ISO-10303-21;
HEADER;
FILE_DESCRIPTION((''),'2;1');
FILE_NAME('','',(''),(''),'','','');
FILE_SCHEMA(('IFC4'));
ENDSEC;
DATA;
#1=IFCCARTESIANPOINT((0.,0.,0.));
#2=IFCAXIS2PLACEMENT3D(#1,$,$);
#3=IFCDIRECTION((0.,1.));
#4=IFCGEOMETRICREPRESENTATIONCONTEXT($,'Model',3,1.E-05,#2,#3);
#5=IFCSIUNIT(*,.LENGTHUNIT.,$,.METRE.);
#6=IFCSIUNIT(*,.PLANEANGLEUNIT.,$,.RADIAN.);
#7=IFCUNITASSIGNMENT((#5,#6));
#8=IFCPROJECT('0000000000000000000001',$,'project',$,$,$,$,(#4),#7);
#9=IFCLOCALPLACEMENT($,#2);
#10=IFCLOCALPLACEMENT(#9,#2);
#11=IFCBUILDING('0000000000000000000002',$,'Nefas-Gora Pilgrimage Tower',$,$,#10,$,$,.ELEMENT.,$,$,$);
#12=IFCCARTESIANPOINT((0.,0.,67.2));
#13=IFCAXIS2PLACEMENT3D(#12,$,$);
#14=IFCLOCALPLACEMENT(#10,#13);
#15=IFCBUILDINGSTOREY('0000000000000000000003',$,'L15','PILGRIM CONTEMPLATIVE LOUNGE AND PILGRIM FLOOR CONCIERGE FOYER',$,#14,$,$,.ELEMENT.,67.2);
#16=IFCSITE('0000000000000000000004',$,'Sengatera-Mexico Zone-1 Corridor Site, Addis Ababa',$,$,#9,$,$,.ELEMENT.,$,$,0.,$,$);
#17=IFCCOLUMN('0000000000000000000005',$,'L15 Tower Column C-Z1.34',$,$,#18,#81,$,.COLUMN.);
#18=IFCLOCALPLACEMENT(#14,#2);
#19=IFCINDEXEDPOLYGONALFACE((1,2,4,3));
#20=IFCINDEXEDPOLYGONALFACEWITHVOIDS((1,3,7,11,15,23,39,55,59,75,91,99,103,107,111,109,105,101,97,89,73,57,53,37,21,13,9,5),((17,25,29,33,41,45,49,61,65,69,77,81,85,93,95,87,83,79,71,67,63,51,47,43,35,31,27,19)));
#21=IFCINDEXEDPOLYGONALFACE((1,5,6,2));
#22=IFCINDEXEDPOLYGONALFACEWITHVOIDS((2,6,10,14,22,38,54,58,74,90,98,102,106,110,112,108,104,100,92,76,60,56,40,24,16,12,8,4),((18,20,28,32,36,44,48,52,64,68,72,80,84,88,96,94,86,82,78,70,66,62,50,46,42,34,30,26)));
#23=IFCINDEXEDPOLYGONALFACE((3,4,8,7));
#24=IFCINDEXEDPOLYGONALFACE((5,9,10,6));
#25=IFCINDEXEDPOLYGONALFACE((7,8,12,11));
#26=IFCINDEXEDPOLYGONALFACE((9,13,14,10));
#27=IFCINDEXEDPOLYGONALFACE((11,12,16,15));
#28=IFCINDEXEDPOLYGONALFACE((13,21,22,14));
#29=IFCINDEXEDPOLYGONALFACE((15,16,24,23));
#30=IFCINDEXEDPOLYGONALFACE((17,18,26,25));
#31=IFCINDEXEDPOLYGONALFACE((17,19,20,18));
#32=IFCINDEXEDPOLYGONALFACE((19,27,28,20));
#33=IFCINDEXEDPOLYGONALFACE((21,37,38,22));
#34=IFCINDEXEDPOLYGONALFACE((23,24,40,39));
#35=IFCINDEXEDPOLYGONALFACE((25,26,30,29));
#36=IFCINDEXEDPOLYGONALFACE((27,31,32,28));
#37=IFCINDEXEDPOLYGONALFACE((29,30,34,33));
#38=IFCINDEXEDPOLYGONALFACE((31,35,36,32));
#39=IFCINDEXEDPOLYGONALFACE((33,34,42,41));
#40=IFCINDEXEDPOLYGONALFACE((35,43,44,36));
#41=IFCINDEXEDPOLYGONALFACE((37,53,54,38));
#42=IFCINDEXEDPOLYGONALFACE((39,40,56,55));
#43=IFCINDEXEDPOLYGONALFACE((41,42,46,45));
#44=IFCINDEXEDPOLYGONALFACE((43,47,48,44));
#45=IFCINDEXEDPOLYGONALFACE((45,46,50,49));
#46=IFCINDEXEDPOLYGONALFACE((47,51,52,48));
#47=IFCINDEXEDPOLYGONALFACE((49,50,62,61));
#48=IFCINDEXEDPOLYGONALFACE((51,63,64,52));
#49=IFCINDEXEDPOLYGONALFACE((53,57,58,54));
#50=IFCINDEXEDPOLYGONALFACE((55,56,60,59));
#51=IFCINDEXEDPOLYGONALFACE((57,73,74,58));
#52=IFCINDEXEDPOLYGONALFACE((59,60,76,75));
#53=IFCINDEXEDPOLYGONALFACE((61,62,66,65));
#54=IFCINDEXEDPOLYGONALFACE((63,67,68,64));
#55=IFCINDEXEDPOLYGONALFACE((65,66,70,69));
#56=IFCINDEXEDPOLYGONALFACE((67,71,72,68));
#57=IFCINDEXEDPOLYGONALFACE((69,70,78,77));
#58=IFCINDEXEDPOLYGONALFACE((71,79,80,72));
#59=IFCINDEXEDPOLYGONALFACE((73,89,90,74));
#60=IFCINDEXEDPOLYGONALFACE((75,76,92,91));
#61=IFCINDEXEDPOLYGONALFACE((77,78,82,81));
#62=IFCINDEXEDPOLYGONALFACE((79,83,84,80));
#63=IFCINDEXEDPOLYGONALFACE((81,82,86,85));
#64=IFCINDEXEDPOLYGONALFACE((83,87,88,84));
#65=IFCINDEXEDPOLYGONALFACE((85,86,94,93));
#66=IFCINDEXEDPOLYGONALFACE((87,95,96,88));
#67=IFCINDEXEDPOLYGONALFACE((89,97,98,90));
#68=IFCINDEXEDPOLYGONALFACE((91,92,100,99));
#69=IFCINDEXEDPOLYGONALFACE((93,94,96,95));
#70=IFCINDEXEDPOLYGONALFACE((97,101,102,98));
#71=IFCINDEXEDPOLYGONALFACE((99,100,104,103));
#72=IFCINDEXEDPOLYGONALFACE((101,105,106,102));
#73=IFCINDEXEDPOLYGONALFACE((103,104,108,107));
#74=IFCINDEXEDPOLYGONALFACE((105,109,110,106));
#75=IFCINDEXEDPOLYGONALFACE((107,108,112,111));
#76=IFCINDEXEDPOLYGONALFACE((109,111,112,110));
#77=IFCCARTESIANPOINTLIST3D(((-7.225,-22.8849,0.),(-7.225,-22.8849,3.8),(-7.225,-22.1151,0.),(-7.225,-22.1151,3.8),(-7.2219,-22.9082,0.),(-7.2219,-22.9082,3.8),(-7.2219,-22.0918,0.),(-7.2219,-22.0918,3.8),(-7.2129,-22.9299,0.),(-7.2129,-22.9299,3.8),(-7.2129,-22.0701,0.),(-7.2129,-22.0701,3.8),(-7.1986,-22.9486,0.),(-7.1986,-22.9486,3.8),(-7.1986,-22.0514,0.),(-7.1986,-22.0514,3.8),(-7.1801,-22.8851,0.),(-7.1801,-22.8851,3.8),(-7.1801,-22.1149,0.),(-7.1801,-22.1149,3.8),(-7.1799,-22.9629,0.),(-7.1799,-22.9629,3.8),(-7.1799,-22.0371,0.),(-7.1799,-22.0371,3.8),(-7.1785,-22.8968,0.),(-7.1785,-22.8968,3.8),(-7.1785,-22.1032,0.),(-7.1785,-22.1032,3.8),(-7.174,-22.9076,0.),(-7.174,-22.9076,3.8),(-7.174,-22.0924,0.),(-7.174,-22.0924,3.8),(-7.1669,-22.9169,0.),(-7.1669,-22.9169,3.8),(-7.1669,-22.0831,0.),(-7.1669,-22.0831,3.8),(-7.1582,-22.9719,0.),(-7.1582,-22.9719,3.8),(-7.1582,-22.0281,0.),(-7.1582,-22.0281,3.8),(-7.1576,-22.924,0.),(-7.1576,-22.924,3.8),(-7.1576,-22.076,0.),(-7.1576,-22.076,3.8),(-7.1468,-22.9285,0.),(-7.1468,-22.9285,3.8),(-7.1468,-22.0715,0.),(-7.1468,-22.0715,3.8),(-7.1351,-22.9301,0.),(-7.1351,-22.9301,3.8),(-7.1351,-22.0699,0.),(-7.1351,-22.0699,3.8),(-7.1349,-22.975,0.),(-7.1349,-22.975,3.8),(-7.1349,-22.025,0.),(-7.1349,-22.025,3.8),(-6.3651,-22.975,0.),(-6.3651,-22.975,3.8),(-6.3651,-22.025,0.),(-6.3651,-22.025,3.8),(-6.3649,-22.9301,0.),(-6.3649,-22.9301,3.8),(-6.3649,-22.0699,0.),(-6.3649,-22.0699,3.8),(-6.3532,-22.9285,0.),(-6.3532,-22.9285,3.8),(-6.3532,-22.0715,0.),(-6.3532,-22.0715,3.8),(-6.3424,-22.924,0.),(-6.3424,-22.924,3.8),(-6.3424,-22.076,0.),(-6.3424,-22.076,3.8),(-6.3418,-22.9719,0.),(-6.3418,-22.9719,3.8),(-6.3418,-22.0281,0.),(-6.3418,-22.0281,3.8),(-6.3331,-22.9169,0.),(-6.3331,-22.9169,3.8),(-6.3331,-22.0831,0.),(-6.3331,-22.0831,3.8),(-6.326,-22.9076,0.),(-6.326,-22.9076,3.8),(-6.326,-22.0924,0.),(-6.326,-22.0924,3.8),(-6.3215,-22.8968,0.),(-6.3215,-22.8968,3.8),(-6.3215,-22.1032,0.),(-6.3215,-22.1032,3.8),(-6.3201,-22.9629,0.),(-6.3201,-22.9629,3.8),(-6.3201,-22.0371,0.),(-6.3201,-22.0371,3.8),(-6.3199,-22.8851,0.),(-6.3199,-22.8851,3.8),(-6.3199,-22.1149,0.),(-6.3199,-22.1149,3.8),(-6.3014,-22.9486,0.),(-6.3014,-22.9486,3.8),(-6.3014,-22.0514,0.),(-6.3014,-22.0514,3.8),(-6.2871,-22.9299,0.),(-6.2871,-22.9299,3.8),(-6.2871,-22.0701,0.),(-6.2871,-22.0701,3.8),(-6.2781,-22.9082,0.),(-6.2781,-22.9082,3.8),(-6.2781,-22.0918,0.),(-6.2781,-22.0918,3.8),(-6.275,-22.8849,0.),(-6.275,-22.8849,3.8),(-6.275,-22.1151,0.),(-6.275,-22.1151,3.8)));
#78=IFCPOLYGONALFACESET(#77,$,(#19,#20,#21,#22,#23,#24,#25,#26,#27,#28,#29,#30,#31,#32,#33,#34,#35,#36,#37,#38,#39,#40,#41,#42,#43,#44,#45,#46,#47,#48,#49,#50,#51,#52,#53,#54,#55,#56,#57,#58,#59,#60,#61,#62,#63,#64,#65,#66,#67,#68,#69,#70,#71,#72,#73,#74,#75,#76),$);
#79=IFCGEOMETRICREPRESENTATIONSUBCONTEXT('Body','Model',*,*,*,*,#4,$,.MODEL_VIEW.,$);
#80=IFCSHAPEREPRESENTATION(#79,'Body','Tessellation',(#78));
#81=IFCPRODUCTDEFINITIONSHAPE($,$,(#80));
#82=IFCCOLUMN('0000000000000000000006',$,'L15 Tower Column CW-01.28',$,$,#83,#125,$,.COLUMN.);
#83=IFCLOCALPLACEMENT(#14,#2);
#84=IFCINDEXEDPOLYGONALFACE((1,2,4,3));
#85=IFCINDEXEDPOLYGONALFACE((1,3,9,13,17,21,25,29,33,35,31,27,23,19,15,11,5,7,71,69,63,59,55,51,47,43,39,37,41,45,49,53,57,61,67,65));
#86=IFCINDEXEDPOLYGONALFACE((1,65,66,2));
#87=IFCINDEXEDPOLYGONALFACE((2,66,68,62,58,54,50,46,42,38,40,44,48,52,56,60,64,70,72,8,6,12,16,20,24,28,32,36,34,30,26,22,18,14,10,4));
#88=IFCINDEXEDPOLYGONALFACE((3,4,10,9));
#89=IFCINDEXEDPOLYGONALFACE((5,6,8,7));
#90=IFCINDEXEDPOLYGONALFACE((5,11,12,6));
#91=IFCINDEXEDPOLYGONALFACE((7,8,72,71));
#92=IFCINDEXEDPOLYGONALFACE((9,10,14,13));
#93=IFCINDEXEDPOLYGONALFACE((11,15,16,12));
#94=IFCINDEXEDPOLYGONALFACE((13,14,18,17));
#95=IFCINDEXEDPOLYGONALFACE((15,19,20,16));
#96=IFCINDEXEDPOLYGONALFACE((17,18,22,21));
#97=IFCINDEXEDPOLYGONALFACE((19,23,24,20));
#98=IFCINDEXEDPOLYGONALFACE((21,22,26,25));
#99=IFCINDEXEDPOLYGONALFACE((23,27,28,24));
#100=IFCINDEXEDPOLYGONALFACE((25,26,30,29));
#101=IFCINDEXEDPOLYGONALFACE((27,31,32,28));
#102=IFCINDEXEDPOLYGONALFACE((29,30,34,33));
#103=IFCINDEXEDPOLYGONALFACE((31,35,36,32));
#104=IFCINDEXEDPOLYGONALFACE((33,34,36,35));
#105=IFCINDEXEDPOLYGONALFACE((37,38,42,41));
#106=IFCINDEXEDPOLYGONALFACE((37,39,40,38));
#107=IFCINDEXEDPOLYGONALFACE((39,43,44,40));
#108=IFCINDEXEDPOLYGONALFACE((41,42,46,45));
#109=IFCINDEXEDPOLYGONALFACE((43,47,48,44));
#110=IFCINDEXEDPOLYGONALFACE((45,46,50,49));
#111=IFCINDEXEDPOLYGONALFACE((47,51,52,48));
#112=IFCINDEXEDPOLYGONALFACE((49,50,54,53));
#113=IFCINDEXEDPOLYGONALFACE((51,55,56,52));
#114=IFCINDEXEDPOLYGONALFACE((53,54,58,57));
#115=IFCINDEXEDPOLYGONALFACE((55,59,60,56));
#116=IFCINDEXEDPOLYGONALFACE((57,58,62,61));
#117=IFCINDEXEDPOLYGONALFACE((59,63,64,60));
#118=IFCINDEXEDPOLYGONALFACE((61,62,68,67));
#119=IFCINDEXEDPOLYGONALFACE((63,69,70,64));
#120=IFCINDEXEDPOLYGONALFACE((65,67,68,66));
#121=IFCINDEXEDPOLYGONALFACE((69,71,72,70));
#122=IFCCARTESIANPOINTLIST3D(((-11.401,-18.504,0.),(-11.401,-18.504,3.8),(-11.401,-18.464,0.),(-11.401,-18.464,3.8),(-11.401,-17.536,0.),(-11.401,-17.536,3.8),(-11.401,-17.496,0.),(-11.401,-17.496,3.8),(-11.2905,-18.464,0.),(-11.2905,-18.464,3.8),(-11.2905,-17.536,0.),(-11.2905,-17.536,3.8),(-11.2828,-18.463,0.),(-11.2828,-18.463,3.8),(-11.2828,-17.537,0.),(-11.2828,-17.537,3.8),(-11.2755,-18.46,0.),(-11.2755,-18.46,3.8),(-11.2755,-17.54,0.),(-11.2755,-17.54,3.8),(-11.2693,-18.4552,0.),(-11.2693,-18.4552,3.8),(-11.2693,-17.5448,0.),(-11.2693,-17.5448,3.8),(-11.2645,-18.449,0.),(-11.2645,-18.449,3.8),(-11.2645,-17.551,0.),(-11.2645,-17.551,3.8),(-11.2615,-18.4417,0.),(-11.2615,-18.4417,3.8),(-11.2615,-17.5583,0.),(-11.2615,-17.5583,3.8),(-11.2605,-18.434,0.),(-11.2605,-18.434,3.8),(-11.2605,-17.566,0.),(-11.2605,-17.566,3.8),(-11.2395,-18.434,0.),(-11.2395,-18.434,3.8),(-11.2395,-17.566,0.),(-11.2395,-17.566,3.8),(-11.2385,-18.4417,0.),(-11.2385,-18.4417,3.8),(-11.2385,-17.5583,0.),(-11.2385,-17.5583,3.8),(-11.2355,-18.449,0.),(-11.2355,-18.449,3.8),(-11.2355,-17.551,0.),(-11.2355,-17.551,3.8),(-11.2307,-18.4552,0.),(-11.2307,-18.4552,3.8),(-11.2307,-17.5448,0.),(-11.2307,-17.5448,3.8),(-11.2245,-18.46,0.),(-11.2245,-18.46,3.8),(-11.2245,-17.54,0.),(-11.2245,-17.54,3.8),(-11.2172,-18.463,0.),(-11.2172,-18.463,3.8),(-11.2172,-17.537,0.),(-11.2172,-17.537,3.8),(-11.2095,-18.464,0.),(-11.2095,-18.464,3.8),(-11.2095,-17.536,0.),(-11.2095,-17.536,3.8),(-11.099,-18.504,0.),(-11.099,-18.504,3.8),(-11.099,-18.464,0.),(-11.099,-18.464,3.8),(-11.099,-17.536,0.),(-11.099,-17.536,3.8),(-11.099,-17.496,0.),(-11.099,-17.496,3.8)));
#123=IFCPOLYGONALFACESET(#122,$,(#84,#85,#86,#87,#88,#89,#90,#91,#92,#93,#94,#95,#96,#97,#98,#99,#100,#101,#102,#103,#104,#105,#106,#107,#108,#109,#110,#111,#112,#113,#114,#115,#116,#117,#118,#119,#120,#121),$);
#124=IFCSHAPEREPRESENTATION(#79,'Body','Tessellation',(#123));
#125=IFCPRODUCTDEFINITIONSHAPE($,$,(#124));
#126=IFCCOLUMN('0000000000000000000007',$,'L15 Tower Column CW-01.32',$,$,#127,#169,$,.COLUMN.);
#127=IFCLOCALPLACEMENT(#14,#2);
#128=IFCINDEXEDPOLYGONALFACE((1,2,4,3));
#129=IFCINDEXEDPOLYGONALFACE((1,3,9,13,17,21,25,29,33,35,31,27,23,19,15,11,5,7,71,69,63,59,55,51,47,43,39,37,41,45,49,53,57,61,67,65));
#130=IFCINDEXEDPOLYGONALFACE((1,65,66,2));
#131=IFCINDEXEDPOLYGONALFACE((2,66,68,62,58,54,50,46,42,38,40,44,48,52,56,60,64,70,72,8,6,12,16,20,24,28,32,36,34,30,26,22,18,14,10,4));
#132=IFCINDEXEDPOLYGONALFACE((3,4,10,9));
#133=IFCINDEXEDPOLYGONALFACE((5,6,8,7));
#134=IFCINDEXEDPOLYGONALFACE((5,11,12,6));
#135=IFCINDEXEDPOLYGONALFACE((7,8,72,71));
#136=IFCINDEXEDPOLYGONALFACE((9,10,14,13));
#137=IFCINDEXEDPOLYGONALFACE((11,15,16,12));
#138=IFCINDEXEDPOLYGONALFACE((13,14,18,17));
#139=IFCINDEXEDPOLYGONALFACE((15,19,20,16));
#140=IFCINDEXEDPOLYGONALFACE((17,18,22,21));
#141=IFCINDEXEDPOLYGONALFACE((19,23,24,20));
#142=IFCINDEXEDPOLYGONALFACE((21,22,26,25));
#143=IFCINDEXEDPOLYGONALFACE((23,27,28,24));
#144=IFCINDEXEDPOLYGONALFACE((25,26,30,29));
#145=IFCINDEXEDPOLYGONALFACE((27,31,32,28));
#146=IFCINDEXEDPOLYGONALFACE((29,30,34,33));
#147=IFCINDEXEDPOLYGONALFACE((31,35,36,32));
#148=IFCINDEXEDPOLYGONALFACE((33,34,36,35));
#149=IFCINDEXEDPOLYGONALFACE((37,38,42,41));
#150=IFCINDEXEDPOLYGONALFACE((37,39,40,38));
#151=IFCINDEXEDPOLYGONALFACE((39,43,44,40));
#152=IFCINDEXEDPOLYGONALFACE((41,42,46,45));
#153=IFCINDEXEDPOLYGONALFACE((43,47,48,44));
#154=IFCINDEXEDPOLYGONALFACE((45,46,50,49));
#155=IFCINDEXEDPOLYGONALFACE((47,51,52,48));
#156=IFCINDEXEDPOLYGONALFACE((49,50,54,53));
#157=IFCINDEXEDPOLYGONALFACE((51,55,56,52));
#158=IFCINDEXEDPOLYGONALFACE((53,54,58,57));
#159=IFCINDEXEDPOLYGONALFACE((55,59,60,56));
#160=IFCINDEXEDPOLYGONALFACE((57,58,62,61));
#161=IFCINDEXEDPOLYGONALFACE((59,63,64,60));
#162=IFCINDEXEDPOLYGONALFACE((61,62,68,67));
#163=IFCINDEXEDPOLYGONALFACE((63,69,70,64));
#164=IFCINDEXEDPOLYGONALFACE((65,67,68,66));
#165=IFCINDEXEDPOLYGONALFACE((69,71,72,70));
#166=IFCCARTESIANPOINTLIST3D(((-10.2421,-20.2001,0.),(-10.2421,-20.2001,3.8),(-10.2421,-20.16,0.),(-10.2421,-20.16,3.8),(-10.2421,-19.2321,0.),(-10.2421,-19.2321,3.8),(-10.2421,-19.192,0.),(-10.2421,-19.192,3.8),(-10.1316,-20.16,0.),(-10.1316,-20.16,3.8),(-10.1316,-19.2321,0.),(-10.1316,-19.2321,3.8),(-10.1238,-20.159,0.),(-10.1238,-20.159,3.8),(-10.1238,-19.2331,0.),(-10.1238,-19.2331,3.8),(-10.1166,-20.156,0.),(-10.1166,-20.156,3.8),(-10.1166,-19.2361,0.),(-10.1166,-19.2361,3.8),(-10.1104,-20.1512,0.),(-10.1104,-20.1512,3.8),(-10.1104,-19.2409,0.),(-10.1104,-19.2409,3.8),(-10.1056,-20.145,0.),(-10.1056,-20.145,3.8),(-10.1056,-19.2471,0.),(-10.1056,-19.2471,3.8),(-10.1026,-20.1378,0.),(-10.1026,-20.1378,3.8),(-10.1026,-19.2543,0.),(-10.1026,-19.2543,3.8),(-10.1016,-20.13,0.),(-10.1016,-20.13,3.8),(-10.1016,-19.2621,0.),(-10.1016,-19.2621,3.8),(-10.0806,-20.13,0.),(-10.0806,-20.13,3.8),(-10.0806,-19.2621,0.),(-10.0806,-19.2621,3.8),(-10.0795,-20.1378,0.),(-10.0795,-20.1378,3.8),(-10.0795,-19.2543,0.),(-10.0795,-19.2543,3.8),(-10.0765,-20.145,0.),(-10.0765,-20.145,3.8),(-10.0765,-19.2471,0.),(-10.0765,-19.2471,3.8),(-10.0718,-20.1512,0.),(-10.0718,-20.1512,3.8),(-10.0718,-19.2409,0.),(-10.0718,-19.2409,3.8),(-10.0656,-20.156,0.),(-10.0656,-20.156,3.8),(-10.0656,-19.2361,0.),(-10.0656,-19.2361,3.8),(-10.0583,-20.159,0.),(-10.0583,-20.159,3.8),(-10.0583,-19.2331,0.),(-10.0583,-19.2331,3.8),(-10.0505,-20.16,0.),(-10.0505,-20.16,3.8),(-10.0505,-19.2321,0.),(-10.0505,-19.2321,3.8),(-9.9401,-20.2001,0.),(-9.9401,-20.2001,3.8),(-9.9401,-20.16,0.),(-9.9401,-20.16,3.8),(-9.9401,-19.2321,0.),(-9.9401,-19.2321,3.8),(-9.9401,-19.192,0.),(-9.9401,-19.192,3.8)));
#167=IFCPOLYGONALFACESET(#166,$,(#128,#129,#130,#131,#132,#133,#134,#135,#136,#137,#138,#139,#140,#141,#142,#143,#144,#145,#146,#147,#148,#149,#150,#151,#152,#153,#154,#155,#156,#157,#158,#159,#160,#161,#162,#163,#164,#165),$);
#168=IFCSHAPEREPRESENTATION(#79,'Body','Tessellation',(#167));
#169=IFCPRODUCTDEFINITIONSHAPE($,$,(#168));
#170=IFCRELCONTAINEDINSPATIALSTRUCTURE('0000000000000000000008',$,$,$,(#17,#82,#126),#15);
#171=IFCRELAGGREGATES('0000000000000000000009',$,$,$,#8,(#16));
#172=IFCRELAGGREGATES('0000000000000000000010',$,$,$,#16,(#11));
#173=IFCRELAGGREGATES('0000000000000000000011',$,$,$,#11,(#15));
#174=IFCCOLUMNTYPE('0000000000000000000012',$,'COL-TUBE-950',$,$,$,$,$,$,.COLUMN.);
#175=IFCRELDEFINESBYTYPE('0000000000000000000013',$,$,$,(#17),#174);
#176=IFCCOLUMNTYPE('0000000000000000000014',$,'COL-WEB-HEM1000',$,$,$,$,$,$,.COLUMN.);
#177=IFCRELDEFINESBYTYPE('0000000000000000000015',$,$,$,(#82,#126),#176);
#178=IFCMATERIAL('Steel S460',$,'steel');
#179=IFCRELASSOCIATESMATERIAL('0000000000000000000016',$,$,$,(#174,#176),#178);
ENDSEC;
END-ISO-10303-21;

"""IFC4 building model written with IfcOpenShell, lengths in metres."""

from ifc_helpers import new_model, si_unit, direction, frame, origin, origin_2d, place, context, subcontext, project, spatial, hollow_rectangle, i_section, extrude, source, transform, mapped, material, material_profile, profile_set, type_object, element, save


model = new_model("IFC4")

# Units and contexts
model_context = context("Model", 3, precision=1e-05, world=origin(), true_north=direction((0.0, 1.0)))
body_context = subcontext(model_context, "Body", "Model", "MODEL_VIEW")
ifc_project = project(units=[si_unit("LENGTHUNIT", "METRE"), si_unit("PLANEANGLEUNIT", "RADIAN")], contexts=[model_context])

# Site, building, storey
site_placement = place(None, origin())
site = spatial("IfcSite", under=ifc_project, at=site_placement, Name="Sengatera-Mexico Zone-1 Corridor Site, Addis Ababa", CompositionType="ELEMENT", RefElevation=0.0)
building_placement = place(site_placement, origin())
building = spatial("IfcBuilding", under=site, at=building_placement, Name="Nefas-Gora Pilgrimage Tower", CompositionType="ELEMENT")
storey_placement = place(building_placement, frame((0.0, 0.0, 67.2)))
storey = spatial("IfcBuildingStorey", under=building, at=storey_placement, Name="L15", Description="PILGRIM CONTEMPLATIVE LOUNGE AND PILGRIM FLOOR CONCIERGE FOYER", CompositionType="ELEMENT", Elevation=67.2)

# Columns
ifc_material_1 = material(Name="Steel S460", Category="steel")
ifc_material_profile_1 = material_profile(ifc_material_1, hollow_rectangle(XDim=0.95, YDim=0.95, WallThickness=0.0449, InnerFilletRadius=0.0449, OuterFilletRadius=0.0901, at=origin_2d()), Name="BOX 950x950x45")
ifc_profile_set_1 = profile_set([ifc_material_profile_1], Name="Steel S460")
column_type_1 = type_object("IfcColumnType", Name="COL-TUBE-950", PredefinedType="COLUMN", material=ifc_profile_set_1)
shared_shape_1 = source(origin(), body_context, "Body", "SweptSolid", [
    extrude(hollow_rectangle(XDim=0.95, YDim=0.95, WallThickness=0.0449, InnerFilletRadius=0.0449, OuterFilletRadius=0.0901, at=origin_2d()), origin(), (0.0, 0.0, 1.0), 3.8),
])
column_placement = place(storey_placement, frame((-6.75, -22.5, 0.0), z_axis=(0.0, 0.0, 1.0), x_axis=(1.0, 0.0, 0.0)))
element("IfcColumn", 1, at=column_placement, inside=storey, type_object=column_type_1, Name="L15 Tower Column C-Z1.34", PredefinedType="COLUMN", context=body_context, shape_type="MappedRepresentation", body=[
    mapped(shared_shape_1, transform((0.0, 0.0, 0.0), x_axis=(1.0, 0.0, 0.0), y_axis=(0.0, 1.0, 0.0), z_axis=(0.0, 0.0, 1.0), scale=1.0)),
])
ifc_material_profile_2 = material_profile(ifc_material_1, i_section(OverallWidth=0.302, OverallDepth=1.0081, WebThickness=0.021, FlangeThickness=0.04, FilletRadius=0.03, at=origin_2d()), Name="HEM 1000")
ifc_profile_set_2 = profile_set([ifc_material_profile_2], Name="Steel S460")
column_type_2 = type_object("IfcColumnType", Name="COL-WEB-HEM1000", PredefinedType="COLUMN", material=ifc_profile_set_2)
shared_shape_2 = source(origin(), body_context, "Body", "SweptSolid", [
    extrude(i_section(OverallWidth=0.302, OverallDepth=1.0081, WebThickness=0.021, FlangeThickness=0.04, FilletRadius=0.03, at=origin_2d()), origin(), (0.0, 0.0, 1.0), 3.8),
])
for number, where, z_axis, x_axis, name in (
    (2, (-11.25, -18.0, 0.0), (0.0, 0.0, 1.0), (1.0, 0.0, 0.0), "L15 Tower Column CW-01.28"),
    (3, (-10.0911, -19.696, 0.0), (0.0, 0.0, 1.0), (1.0, 0.0, 0.0), "L15 Tower Column CW-01.32"),
):
    element("IfcColumn", number, at=place(storey_placement, frame(where, z_axis=z_axis, x_axis=x_axis)), inside=storey, type_object=column_type_2, Name=name, PredefinedType="COLUMN", context=body_context, shape_type="MappedRepresentation", body=[
        mapped(shared_shape_2, transform((0.0, 0.0, 0.0), x_axis=(1.0, 0.0, 0.0), y_axis=(0.0, 1.0, 0.0), z_axis=(0.0, 0.0, 1.0), scale=1.0)),
    ])

save(model, "model.ifc")
